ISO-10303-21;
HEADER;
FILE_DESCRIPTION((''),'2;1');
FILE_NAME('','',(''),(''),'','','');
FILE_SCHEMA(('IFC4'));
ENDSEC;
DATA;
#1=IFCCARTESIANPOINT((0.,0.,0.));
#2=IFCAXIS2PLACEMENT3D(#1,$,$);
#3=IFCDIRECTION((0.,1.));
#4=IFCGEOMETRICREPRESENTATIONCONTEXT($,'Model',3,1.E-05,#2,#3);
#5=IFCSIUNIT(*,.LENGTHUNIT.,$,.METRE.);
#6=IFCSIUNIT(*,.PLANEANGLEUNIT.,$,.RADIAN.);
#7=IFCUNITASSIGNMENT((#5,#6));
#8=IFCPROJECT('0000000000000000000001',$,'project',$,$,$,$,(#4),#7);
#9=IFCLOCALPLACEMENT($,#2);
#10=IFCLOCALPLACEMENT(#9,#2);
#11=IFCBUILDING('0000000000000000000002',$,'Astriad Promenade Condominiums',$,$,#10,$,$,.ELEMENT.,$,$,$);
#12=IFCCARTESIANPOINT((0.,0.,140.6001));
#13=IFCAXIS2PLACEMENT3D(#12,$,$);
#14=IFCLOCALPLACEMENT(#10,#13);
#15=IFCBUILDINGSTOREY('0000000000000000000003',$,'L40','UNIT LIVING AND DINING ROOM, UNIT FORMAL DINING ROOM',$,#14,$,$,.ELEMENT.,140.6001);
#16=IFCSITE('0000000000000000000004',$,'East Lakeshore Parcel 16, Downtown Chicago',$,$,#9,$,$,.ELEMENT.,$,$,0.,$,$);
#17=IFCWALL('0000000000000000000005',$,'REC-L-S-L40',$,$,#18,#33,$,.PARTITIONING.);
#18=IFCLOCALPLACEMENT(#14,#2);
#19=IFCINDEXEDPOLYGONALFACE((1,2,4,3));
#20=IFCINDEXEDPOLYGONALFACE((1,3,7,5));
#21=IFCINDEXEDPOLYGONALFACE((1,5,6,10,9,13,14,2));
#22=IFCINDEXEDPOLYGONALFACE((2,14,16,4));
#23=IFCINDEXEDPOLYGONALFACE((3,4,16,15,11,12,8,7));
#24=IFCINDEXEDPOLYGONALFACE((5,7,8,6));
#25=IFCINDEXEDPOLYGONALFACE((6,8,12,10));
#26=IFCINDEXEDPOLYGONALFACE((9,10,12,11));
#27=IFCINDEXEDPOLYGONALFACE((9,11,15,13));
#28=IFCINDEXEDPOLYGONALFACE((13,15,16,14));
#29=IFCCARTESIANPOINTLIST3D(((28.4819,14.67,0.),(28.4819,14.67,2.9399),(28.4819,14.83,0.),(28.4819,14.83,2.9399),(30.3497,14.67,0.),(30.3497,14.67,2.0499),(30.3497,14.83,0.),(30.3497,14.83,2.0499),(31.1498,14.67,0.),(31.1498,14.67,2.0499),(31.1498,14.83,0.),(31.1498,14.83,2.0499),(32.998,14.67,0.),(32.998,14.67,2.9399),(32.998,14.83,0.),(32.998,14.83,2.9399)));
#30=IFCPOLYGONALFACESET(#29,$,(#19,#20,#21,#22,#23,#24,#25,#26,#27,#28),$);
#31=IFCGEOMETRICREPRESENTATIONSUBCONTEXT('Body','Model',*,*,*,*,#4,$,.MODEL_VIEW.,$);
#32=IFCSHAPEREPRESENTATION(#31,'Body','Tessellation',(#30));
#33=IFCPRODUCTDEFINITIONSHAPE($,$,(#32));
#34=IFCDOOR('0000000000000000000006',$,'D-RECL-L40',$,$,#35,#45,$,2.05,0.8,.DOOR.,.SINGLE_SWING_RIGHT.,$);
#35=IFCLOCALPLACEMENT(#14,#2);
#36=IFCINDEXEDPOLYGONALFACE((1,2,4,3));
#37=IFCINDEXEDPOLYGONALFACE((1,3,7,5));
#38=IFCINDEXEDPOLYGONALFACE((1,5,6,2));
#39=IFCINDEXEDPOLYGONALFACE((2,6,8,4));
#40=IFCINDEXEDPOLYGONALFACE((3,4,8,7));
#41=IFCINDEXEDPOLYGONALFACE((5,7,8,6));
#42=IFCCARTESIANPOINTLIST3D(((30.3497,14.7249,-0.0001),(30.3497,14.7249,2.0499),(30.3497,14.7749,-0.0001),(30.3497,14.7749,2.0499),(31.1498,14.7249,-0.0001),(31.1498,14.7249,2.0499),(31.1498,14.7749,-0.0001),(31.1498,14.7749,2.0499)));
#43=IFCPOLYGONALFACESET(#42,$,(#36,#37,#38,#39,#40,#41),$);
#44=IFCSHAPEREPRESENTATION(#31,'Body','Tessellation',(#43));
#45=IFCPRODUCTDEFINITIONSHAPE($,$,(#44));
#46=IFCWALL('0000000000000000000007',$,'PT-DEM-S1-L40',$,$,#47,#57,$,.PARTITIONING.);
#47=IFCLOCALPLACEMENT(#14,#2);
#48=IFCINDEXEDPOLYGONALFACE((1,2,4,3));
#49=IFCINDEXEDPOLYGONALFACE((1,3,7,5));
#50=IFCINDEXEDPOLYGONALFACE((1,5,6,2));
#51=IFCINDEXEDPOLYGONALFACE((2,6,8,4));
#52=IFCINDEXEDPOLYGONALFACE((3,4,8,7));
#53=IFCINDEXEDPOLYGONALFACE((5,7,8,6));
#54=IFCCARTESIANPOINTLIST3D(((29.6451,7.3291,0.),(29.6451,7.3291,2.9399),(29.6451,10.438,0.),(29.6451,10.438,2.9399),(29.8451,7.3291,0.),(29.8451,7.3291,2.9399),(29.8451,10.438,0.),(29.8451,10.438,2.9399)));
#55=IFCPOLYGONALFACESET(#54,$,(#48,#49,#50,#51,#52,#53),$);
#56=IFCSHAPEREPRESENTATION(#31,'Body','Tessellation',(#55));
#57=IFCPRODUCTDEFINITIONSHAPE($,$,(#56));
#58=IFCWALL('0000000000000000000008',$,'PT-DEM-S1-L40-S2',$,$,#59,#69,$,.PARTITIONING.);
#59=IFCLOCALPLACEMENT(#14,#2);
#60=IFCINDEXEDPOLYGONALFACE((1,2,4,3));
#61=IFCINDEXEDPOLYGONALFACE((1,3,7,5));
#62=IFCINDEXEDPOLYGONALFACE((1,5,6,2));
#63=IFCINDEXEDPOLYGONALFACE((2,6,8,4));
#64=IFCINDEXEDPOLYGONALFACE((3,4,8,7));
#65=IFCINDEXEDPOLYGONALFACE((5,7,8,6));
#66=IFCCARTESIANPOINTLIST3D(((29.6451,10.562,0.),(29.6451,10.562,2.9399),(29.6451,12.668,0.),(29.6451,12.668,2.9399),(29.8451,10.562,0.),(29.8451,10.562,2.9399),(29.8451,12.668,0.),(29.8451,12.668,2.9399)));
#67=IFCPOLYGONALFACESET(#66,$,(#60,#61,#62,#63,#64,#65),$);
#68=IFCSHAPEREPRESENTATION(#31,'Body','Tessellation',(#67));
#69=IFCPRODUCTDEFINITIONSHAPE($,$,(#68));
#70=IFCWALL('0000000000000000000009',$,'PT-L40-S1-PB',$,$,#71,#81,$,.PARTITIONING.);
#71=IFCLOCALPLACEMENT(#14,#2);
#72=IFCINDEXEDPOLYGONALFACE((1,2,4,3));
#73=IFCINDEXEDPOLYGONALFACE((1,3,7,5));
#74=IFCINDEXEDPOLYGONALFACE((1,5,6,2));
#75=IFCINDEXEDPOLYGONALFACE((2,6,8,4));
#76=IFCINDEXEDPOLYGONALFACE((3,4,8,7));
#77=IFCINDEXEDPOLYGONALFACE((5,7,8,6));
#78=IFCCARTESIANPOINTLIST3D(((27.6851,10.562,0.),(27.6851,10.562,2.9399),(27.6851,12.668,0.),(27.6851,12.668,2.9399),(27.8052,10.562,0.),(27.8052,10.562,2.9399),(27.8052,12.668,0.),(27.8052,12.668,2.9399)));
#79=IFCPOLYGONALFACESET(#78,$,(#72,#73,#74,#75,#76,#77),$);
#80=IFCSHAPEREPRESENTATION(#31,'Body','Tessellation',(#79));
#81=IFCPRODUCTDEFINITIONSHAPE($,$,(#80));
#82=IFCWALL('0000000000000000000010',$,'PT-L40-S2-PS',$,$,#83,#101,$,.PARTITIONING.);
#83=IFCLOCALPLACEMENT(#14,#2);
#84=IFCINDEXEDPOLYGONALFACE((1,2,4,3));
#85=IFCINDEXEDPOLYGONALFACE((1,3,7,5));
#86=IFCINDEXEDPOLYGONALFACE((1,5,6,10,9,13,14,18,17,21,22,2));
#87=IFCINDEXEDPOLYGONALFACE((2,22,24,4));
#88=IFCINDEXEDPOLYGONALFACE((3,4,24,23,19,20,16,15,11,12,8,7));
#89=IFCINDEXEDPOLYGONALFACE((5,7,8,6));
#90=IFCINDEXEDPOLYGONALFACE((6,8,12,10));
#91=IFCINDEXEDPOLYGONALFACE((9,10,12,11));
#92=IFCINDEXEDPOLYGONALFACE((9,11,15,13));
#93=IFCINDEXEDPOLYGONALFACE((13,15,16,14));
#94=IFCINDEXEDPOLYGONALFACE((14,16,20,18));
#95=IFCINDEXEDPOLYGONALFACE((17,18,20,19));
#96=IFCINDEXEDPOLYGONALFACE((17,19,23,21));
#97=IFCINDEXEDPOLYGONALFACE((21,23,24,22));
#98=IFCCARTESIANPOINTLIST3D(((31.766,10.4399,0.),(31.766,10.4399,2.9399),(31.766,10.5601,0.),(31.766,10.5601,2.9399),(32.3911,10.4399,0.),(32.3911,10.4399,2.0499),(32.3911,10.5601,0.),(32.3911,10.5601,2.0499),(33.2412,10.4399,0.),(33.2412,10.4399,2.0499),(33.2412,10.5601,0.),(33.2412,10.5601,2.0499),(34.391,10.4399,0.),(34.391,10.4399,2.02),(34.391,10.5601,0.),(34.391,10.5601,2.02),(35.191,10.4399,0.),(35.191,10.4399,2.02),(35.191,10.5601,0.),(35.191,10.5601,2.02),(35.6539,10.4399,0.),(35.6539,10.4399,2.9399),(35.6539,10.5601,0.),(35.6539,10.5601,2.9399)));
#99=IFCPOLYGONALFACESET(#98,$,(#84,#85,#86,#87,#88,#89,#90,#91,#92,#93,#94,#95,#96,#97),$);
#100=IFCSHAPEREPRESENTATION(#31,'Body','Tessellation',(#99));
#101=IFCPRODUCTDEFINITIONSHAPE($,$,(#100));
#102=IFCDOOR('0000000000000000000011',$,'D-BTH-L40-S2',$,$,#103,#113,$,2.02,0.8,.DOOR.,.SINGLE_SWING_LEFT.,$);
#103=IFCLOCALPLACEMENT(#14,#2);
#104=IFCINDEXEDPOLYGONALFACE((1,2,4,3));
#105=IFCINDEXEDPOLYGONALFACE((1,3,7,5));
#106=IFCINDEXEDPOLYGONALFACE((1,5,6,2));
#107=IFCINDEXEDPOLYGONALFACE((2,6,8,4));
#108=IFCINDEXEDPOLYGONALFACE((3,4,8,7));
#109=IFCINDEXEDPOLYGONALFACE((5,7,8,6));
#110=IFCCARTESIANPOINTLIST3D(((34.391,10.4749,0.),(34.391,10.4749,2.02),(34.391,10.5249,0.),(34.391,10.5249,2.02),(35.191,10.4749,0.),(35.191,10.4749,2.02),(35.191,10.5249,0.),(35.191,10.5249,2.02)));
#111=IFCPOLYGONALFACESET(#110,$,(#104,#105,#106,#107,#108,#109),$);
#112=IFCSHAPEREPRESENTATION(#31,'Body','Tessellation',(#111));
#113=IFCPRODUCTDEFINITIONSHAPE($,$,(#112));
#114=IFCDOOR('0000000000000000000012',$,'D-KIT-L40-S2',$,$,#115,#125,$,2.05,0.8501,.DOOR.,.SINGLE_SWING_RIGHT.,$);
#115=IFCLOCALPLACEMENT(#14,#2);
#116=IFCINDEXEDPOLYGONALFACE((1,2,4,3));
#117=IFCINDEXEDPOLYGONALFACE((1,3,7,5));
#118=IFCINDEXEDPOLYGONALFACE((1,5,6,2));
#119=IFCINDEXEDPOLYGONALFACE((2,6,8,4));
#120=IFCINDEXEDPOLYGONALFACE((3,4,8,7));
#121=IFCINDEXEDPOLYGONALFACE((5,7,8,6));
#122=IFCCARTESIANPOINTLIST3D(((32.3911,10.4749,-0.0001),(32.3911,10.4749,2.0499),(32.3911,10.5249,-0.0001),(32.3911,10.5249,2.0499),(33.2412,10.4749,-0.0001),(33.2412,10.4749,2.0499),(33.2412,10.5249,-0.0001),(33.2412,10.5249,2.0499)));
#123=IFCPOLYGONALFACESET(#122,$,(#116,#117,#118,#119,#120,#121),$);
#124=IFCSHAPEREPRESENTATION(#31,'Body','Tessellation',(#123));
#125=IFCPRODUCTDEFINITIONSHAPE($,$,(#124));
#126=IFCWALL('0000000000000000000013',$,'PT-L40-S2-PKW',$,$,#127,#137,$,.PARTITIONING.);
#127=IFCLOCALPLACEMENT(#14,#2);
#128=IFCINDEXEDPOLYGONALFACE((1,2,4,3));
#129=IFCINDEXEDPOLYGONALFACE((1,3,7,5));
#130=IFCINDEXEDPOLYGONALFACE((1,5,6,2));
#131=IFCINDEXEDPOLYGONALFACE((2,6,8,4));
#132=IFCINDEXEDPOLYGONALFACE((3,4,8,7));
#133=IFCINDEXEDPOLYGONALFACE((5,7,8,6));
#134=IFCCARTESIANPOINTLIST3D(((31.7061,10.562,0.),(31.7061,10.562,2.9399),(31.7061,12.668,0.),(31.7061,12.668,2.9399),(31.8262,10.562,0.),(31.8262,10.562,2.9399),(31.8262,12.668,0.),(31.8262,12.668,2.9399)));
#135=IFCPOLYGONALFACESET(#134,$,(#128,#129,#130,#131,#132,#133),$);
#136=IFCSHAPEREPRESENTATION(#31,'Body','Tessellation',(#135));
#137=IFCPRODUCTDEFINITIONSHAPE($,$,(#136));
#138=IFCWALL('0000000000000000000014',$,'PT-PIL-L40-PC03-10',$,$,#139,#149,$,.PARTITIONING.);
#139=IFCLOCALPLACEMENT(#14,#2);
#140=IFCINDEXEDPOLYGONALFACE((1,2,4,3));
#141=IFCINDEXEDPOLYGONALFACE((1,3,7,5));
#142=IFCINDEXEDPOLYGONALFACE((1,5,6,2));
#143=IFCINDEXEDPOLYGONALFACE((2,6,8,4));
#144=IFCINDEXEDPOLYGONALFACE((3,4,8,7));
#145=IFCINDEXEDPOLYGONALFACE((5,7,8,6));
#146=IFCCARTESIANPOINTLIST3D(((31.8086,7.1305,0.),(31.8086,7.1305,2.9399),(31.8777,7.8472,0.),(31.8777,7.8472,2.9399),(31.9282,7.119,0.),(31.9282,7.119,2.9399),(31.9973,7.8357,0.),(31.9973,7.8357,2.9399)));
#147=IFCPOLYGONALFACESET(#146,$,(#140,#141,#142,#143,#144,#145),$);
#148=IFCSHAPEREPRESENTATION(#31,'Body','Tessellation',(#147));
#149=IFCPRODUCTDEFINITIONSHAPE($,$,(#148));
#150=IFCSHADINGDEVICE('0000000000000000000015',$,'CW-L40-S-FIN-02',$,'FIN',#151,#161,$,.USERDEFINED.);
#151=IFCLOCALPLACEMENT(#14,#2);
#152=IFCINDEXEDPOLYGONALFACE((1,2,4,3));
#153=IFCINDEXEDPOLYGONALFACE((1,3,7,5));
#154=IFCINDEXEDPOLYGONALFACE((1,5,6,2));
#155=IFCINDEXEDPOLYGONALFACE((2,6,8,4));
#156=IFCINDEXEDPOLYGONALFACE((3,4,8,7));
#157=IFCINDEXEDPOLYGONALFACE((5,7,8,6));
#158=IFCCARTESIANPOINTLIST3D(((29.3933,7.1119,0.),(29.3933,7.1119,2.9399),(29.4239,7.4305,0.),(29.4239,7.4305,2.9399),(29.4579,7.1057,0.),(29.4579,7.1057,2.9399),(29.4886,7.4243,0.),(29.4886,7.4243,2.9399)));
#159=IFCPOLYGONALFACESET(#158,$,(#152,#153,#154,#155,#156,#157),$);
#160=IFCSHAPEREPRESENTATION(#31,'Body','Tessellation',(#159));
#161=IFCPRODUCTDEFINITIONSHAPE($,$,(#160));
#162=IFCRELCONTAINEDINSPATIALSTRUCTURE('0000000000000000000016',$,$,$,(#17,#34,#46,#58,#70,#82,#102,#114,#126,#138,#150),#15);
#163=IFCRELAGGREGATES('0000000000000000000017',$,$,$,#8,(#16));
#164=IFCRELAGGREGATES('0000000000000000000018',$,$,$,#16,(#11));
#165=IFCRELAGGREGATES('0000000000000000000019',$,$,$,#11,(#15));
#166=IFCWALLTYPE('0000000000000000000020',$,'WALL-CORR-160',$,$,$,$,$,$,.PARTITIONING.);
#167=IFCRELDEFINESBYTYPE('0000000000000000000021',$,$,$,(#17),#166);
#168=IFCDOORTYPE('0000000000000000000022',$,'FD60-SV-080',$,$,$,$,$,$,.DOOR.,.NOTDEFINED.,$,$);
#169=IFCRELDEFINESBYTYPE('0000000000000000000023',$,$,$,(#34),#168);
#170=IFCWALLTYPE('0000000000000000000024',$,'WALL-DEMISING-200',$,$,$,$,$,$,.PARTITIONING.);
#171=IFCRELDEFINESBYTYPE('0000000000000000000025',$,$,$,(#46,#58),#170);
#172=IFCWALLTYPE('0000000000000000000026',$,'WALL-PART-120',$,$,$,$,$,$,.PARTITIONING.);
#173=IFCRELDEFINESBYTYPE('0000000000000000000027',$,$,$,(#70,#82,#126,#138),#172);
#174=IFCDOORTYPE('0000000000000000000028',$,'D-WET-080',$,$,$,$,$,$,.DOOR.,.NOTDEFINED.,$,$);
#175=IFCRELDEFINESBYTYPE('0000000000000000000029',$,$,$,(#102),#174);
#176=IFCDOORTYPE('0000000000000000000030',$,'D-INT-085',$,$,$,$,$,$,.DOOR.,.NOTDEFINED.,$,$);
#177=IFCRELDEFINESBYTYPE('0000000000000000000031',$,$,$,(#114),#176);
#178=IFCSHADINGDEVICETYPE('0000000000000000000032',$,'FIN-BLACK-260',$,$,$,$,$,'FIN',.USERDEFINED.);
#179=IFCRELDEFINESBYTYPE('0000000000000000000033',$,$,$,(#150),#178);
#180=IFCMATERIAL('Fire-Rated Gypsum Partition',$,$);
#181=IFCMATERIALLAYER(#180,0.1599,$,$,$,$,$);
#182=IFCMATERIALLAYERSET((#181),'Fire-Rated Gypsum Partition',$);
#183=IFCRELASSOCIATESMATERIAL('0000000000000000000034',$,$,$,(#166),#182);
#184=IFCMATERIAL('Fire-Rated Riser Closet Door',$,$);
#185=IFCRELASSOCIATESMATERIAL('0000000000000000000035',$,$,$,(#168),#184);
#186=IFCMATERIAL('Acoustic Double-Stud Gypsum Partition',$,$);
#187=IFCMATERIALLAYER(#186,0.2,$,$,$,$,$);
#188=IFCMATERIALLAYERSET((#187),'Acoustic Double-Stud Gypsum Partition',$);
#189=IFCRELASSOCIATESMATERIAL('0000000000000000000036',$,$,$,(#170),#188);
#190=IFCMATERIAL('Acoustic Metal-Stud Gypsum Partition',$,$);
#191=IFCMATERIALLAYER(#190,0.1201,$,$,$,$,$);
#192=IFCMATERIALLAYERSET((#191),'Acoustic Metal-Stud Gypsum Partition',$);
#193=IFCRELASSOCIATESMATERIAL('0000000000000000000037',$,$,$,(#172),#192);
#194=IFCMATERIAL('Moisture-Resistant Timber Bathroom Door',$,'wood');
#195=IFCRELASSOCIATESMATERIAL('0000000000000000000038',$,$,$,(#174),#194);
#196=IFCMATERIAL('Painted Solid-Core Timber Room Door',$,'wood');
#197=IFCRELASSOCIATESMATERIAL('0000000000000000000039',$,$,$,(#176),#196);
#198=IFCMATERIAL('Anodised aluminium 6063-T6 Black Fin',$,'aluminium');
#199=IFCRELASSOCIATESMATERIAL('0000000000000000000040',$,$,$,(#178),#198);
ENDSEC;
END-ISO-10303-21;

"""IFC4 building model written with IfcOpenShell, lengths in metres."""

from ifc_helpers import new_model, si_unit, direction, frame, frame_2d, origin, origin_2d, place, context, subcontext, project, spatial, rectangle, extrude, source, transform, mapped, material, layer, layer_set, type_object, type_shapes, element, fill, save


model = new_model("IFC4")

# Units and contexts
model_context = context("Model", 3, precision=1e-05, world=origin(), true_north=direction((0.0, 1.0)))
body_context = subcontext(model_context, "Body", "Model", "MODEL_VIEW")
ifc_project = project(units=[si_unit("LENGTHUNIT", "METRE"), si_unit("PLANEANGLEUNIT", "RADIAN")], contexts=[model_context])

# Site, building, storey
site_placement = place(None, origin())
site = spatial("IfcSite", under=ifc_project, at=site_placement, Name="East Lakeshore Parcel 16, Downtown Chicago", CompositionType="ELEMENT", RefElevation=0.0)
building_placement = place(site_placement, origin())
building = spatial("IfcBuilding", under=site, at=building_placement, Name="Astriad Promenade Condominiums", CompositionType="ELEMENT")
storey_placement = place(building_placement, frame((0.0, 0.0, 140.6001)))
storey = spatial("IfcBuildingStorey", under=building, at=storey_placement, Name="L40", Description="UNIT LIVING AND DINING ROOM, UNIT FORMAL DINING ROOM", CompositionType="ELEMENT", Elevation=140.6001)

# Shared definitions
ifc_material_1 = material(Name="Fire-Rated Gypsum Partition")
ifc_layer_1 = layer(ifc_material_1, 0.1599)
ifc_layer_set_1 = layer_set([ifc_layer_1], Name="Fire-Rated Gypsum Partition")
wall_type_1 = type_object("IfcWallType", Name="WALL-CORR-160", PredefinedType="PARTITIONING", material=ifc_layer_set_1)

# Wall, opening, door
wall_1_placement = place(storey_placement, frame((28.4819, 14.75, 0.0), z_axis=(0.0, 0.0, 1.0), x_axis=(1.0, 0.0, 0.0)))
wall_1 = element("IfcWall", 1, at=wall_1_placement, inside=storey, type_object=wall_type_1, Name="REC-L-S-L40", PredefinedType="PARTITIONING", context=body_context, shape_type="SweptSolid", body=[
    extrude(rectangle(XDim=4.5161, YDim=0.1599, at=frame_2d((2.2581, 0.0))), origin(), (0.0, 0.0, 1.0), 2.9399),
])
opening_1_placement = place(wall_1_placement, frame((1.8679, 0.0, 0.0)))
opening_1 = element("IfcOpeningElement", 2, at=opening_1_placement, cuts=wall_1, PredefinedType="OPENING", context=body_context, shape_type="SweptSolid", body=[
    extrude(rectangle(XDim=0.8, YDim=2.05, at=frame_2d((0.3999, 1.0249))), frame((0.0, 0.0898, 0.0), z_axis=(0.0, -1.0, 0.0), x_axis=(1.0, 0.0, 0.0)), (0.0, 0.0, 1.0), 0.1799),
])
ifc_material_2 = material(Name="Fire-Rated Riser Closet Door")
door_type_1 = type_object("IfcDoorType", Name="FD60-SV-080", OperationType="NOTDEFINED", PredefinedType="DOOR", material=ifc_material_2)
shared_shape_1 = source(origin(), body_context, "Body", "SweptSolid", [
    extrude(rectangle(XDim=0.8, YDim=2.05, at=frame_2d((0.3999, 1.0249))), frame((0.0, 0.0249, 0.0), z_axis=(0.0, -1.0, 0.0), x_axis=(1.0, 0.0, 0.0)), (0.0, 0.0, 1.0), 0.05),
])
type_shapes(door_type_1, [shared_shape_1])
door_1_placement = place(opening_1_placement, origin())
door_1 = element("IfcDoor", 3, at=door_1_placement, inside=storey, type_object=door_type_1, Name="D-RECL-L40", OperationType="SINGLE_SWING_RIGHT", OverallHeight=2.05, OverallWidth=0.8, PredefinedType="DOOR", context=body_context, shape_type="MappedRepresentation", body=[
    mapped(shared_shape_1, transform((0.0, 0.0, 0.0), scale=1.0)),
])
fill(opening_1, door_1)

# Walls
ifc_material_3 = material(Name="Acoustic Double-Stud Gypsum Partition")
ifc_layer_2 = layer(ifc_material_3, 0.2)
ifc_layer_set_2 = layer_set([ifc_layer_2], Name="Acoustic Double-Stud Gypsum Partition")
wall_type_2 = type_object("IfcWallType", Name="WALL-DEMISING-200", PredefinedType="PARTITIONING", material=ifc_layer_set_2)
wall_2_placement = place(storey_placement, frame((29.7451, 7.3291, 0.0), z_axis=(0.0, 0.0, 1.0), x_axis=(0.0, 1.0, 0.0)))
element("IfcWall", 4, at=wall_2_placement, inside=storey, type_object=wall_type_2, Name="PT-DEM-S1-L40", PredefinedType="PARTITIONING", context=body_context, shape_type="SweptSolid", body=[
    extrude(rectangle(XDim=3.1089, YDim=0.2, at=frame_2d((1.5544, 0.0))), origin(), (0.0, 0.0, 1.0), 2.9399),
])
wall_3_placement = place(storey_placement, frame((29.7451, 10.562, 0.0), z_axis=(0.0, 0.0, 1.0), x_axis=(0.0, 1.0, 0.0)))
element("IfcWall", 5, at=wall_3_placement, inside=storey, type_object=wall_type_2, Name="PT-DEM-S1-L40-S2", PredefinedType="PARTITIONING", context=body_context, shape_type="SweptSolid", body=[
    extrude(rectangle(XDim=2.106, YDim=0.2, at=frame_2d((1.053, 0.0))), origin(), (0.0, 0.0, 1.0), 2.9399),
])
ifc_material_4 = material(Name="Acoustic Metal-Stud Gypsum Partition")
ifc_layer_3 = layer(ifc_material_4, 0.1201)
ifc_layer_set_3 = layer_set([ifc_layer_3], Name="Acoustic Metal-Stud Gypsum Partition")
wall_type_3 = type_object("IfcWallType", Name="WALL-PART-120", PredefinedType="PARTITIONING", material=ifc_layer_set_3)
wall_4_placement = place(storey_placement, frame((27.7451, 10.562, 0.0), z_axis=(0.0, 0.0, 1.0), x_axis=(0.0, 1.0, 0.0)))
element("IfcWall", 6, at=wall_4_placement, inside=storey, type_object=wall_type_3, Name="PT-L40-S1-PB", PredefinedType="PARTITIONING", context=body_context, shape_type="SweptSolid", body=[
    extrude(rectangle(XDim=2.106, YDim=0.1201, at=frame_2d((1.053, 0.0))), origin(), (0.0, 0.0, 1.0), 2.9399),
])

# Wall, openings, doors
wall_5_placement = place(storey_placement, frame((31.7661, 10.5, 0.0), z_axis=(0.0, 0.0, 1.0), x_axis=(1.0, 0.0, 0.0)))
wall_5 = element("IfcWall", 7, at=wall_5_placement, inside=storey, type_object=wall_type_3, Name="PT-L40-S2-PS", PredefinedType="PARTITIONING", context=body_context, shape_type="SweptSolid", body=[
    extrude(rectangle(XDim=3.8879, YDim=0.1201, at=frame_2d((1.9438, 0.0))), origin(), (0.0, 0.0, 1.0), 2.9399),
])
opening_2_placement = place(wall_5_placement, frame((0.625, 0.0, 0.0)))
opening_2 = element("IfcOpeningElement", 8, at=opening_2_placement, cuts=wall_5, PredefinedType="OPENING", context=body_context, shape_type="SweptSolid", body=[
    extrude(rectangle(XDim=0.8501, YDim=2.05, at=frame_2d((0.425, 1.0249))), frame((0.0, 0.0701, 0.0), z_axis=(0.0, -1.0, 0.0), x_axis=(1.0, 0.0, 0.0)), (0.0, 0.0, 1.0), 0.1401),
])
opening_3_placement = place(wall_5_placement, frame((2.625, 0.0, 0.0)))
opening_3 = element("IfcOpeningElement", 9, at=opening_3_placement, cuts=wall_5, PredefinedType="OPENING", context=body_context, shape_type="SweptSolid", body=[
    extrude(rectangle(XDim=0.8, YDim=2.02, at=frame_2d((0.3999, 1.01))), frame((0.0, 0.0701, 0.0), z_axis=(0.0, -1.0, 0.0), x_axis=(1.0, 0.0, 0.0)), (0.0, 0.0, 1.0), 0.1401),
])
ifc_material_5 = material(Name="Moisture-Resistant Timber Bathroom Door", Category="wood")
door_type_2 = type_object("IfcDoorType", Name="D-WET-080", OperationType="NOTDEFINED", PredefinedType="DOOR", material=ifc_material_5)
shared_shape_2 = source(origin(), body_context, "Body", "SweptSolid", [
    extrude(rectangle(XDim=0.8, YDim=2.02, at=frame_2d((0.3999, 1.01))), frame((0.0, 0.0249, 0.0), z_axis=(0.0, -1.0, 0.0), x_axis=(1.0, 0.0, 0.0)), (0.0, 0.0, 1.0), 0.05),
])
type_shapes(door_type_2, [shared_shape_2])
door_2_placement = place(opening_3_placement, origin())
door_2 = element("IfcDoor", 10, at=door_2_placement, inside=storey, type_object=door_type_2, Name="D-BTH-L40-S2", OperationType="SINGLE_SWING_LEFT", OverallHeight=2.02, OverallWidth=0.8, PredefinedType="DOOR", context=body_context, shape_type="MappedRepresentation", body=[
    mapped(shared_shape_2, transform((0.0, 0.0, 0.0), scale=1.0)),
])
fill(opening_3, door_2)
ifc_material_6 = material(Name="Painted Solid-Core Timber Room Door", Category="wood")
door_type_3 = type_object("IfcDoorType", Name="D-INT-085", OperationType="NOTDEFINED", PredefinedType="DOOR", material=ifc_material_6)
shared_shape_3 = source(origin(), body_context, "Body", "SweptSolid", [
    extrude(rectangle(XDim=0.8501, YDim=2.05, at=frame_2d((0.425, 1.0249))), frame((0.0, 0.0249, 0.0), z_axis=(0.0, -1.0, 0.0), x_axis=(1.0, 0.0, 0.0)), (0.0, 0.0, 1.0), 0.05),
])
type_shapes(door_type_3, [shared_shape_3])
door_3_placement = place(opening_2_placement, origin())
door_3 = element("IfcDoor", 11, at=door_3_placement, inside=storey, type_object=door_type_3, Name="D-KIT-L40-S2", OperationType="SINGLE_SWING_RIGHT", OverallHeight=2.05, OverallWidth=0.8501, PredefinedType="DOOR", context=body_context, shape_type="MappedRepresentation", body=[
    mapped(shared_shape_3, transform((0.0, 0.0, 0.0), scale=1.0)),
])
fill(opening_2, door_3)

# Walls
wall_6_placement = place(storey_placement, frame((31.7661, 10.562, 0.0), z_axis=(0.0, 0.0, 1.0), x_axis=(0.0, 1.0, 0.0)))
element("IfcWall", 12, at=wall_6_placement, inside=storey, type_object=wall_type_3, Name="PT-L40-S2-PKW", PredefinedType="PARTITIONING", context=body_context, shape_type="SweptSolid", body=[
    extrude(rectangle(XDim=2.106, YDim=0.1201, at=frame_2d((1.053, 0.0))), origin(), (0.0, 0.0, 1.0), 2.9399),
])
wall_7_placement = place(storey_placement, frame((31.9375, 7.8413, 0.0), z_axis=(0.0, 0.0, 1.0), x_axis=(-0.095977, -0.995384, 0.0)))
element("IfcWall", 13, at=wall_7_placement, inside=storey, type_object=wall_type_3, Name="PT-PIL-L40-PC03-10", PredefinedType="PARTITIONING", context=body_context, shape_type="SweptSolid", body=[
    extrude(rectangle(XDim=0.72, YDim=0.1201, at=frame_2d((0.3599, 0.0))), origin(), (0.0, 0.0, 1.0), 2.9399),
])

# Shading device
ifc_material_7 = material(Name="Anodised aluminium 6063-T6 Black Fin", Category="aluminium")
shading_device_type = type_object("IfcShadingDeviceType", Name="FIN-BLACK-260", ElementType="FIN", PredefinedType="USERDEFINED", material=ifc_material_7)
shared_shape_4 = source(origin(), body_context, "Body", "SweptSolid", [
    extrude(rectangle(XDim=0.0649, YDim=0.3201, at=origin_2d()), origin(), (0.0, 0.0, 1.0), 2.9399),
])
type_shapes(shading_device_type, [shared_shape_4])
shading_device_placement = place(storey_placement, frame((29.4409, 7.2681, 0.0), z_axis=(0.0, 0.0, 1.0), x_axis=(-0.995396, 0.095846, 0.0)))
element("IfcShadingDevice", 14, at=shading_device_placement, inside=storey, type_object=shading_device_type, Name="CW-L40-S-FIN-02", ObjectType="FIN", PredefinedType="USERDEFINED", context=body_context, shape_type="MappedRepresentation", body=[
    mapped(shared_shape_4, transform((0.0, 0.0, 0.0), scale=1.0)),
])

save(model, "model.ifc")
